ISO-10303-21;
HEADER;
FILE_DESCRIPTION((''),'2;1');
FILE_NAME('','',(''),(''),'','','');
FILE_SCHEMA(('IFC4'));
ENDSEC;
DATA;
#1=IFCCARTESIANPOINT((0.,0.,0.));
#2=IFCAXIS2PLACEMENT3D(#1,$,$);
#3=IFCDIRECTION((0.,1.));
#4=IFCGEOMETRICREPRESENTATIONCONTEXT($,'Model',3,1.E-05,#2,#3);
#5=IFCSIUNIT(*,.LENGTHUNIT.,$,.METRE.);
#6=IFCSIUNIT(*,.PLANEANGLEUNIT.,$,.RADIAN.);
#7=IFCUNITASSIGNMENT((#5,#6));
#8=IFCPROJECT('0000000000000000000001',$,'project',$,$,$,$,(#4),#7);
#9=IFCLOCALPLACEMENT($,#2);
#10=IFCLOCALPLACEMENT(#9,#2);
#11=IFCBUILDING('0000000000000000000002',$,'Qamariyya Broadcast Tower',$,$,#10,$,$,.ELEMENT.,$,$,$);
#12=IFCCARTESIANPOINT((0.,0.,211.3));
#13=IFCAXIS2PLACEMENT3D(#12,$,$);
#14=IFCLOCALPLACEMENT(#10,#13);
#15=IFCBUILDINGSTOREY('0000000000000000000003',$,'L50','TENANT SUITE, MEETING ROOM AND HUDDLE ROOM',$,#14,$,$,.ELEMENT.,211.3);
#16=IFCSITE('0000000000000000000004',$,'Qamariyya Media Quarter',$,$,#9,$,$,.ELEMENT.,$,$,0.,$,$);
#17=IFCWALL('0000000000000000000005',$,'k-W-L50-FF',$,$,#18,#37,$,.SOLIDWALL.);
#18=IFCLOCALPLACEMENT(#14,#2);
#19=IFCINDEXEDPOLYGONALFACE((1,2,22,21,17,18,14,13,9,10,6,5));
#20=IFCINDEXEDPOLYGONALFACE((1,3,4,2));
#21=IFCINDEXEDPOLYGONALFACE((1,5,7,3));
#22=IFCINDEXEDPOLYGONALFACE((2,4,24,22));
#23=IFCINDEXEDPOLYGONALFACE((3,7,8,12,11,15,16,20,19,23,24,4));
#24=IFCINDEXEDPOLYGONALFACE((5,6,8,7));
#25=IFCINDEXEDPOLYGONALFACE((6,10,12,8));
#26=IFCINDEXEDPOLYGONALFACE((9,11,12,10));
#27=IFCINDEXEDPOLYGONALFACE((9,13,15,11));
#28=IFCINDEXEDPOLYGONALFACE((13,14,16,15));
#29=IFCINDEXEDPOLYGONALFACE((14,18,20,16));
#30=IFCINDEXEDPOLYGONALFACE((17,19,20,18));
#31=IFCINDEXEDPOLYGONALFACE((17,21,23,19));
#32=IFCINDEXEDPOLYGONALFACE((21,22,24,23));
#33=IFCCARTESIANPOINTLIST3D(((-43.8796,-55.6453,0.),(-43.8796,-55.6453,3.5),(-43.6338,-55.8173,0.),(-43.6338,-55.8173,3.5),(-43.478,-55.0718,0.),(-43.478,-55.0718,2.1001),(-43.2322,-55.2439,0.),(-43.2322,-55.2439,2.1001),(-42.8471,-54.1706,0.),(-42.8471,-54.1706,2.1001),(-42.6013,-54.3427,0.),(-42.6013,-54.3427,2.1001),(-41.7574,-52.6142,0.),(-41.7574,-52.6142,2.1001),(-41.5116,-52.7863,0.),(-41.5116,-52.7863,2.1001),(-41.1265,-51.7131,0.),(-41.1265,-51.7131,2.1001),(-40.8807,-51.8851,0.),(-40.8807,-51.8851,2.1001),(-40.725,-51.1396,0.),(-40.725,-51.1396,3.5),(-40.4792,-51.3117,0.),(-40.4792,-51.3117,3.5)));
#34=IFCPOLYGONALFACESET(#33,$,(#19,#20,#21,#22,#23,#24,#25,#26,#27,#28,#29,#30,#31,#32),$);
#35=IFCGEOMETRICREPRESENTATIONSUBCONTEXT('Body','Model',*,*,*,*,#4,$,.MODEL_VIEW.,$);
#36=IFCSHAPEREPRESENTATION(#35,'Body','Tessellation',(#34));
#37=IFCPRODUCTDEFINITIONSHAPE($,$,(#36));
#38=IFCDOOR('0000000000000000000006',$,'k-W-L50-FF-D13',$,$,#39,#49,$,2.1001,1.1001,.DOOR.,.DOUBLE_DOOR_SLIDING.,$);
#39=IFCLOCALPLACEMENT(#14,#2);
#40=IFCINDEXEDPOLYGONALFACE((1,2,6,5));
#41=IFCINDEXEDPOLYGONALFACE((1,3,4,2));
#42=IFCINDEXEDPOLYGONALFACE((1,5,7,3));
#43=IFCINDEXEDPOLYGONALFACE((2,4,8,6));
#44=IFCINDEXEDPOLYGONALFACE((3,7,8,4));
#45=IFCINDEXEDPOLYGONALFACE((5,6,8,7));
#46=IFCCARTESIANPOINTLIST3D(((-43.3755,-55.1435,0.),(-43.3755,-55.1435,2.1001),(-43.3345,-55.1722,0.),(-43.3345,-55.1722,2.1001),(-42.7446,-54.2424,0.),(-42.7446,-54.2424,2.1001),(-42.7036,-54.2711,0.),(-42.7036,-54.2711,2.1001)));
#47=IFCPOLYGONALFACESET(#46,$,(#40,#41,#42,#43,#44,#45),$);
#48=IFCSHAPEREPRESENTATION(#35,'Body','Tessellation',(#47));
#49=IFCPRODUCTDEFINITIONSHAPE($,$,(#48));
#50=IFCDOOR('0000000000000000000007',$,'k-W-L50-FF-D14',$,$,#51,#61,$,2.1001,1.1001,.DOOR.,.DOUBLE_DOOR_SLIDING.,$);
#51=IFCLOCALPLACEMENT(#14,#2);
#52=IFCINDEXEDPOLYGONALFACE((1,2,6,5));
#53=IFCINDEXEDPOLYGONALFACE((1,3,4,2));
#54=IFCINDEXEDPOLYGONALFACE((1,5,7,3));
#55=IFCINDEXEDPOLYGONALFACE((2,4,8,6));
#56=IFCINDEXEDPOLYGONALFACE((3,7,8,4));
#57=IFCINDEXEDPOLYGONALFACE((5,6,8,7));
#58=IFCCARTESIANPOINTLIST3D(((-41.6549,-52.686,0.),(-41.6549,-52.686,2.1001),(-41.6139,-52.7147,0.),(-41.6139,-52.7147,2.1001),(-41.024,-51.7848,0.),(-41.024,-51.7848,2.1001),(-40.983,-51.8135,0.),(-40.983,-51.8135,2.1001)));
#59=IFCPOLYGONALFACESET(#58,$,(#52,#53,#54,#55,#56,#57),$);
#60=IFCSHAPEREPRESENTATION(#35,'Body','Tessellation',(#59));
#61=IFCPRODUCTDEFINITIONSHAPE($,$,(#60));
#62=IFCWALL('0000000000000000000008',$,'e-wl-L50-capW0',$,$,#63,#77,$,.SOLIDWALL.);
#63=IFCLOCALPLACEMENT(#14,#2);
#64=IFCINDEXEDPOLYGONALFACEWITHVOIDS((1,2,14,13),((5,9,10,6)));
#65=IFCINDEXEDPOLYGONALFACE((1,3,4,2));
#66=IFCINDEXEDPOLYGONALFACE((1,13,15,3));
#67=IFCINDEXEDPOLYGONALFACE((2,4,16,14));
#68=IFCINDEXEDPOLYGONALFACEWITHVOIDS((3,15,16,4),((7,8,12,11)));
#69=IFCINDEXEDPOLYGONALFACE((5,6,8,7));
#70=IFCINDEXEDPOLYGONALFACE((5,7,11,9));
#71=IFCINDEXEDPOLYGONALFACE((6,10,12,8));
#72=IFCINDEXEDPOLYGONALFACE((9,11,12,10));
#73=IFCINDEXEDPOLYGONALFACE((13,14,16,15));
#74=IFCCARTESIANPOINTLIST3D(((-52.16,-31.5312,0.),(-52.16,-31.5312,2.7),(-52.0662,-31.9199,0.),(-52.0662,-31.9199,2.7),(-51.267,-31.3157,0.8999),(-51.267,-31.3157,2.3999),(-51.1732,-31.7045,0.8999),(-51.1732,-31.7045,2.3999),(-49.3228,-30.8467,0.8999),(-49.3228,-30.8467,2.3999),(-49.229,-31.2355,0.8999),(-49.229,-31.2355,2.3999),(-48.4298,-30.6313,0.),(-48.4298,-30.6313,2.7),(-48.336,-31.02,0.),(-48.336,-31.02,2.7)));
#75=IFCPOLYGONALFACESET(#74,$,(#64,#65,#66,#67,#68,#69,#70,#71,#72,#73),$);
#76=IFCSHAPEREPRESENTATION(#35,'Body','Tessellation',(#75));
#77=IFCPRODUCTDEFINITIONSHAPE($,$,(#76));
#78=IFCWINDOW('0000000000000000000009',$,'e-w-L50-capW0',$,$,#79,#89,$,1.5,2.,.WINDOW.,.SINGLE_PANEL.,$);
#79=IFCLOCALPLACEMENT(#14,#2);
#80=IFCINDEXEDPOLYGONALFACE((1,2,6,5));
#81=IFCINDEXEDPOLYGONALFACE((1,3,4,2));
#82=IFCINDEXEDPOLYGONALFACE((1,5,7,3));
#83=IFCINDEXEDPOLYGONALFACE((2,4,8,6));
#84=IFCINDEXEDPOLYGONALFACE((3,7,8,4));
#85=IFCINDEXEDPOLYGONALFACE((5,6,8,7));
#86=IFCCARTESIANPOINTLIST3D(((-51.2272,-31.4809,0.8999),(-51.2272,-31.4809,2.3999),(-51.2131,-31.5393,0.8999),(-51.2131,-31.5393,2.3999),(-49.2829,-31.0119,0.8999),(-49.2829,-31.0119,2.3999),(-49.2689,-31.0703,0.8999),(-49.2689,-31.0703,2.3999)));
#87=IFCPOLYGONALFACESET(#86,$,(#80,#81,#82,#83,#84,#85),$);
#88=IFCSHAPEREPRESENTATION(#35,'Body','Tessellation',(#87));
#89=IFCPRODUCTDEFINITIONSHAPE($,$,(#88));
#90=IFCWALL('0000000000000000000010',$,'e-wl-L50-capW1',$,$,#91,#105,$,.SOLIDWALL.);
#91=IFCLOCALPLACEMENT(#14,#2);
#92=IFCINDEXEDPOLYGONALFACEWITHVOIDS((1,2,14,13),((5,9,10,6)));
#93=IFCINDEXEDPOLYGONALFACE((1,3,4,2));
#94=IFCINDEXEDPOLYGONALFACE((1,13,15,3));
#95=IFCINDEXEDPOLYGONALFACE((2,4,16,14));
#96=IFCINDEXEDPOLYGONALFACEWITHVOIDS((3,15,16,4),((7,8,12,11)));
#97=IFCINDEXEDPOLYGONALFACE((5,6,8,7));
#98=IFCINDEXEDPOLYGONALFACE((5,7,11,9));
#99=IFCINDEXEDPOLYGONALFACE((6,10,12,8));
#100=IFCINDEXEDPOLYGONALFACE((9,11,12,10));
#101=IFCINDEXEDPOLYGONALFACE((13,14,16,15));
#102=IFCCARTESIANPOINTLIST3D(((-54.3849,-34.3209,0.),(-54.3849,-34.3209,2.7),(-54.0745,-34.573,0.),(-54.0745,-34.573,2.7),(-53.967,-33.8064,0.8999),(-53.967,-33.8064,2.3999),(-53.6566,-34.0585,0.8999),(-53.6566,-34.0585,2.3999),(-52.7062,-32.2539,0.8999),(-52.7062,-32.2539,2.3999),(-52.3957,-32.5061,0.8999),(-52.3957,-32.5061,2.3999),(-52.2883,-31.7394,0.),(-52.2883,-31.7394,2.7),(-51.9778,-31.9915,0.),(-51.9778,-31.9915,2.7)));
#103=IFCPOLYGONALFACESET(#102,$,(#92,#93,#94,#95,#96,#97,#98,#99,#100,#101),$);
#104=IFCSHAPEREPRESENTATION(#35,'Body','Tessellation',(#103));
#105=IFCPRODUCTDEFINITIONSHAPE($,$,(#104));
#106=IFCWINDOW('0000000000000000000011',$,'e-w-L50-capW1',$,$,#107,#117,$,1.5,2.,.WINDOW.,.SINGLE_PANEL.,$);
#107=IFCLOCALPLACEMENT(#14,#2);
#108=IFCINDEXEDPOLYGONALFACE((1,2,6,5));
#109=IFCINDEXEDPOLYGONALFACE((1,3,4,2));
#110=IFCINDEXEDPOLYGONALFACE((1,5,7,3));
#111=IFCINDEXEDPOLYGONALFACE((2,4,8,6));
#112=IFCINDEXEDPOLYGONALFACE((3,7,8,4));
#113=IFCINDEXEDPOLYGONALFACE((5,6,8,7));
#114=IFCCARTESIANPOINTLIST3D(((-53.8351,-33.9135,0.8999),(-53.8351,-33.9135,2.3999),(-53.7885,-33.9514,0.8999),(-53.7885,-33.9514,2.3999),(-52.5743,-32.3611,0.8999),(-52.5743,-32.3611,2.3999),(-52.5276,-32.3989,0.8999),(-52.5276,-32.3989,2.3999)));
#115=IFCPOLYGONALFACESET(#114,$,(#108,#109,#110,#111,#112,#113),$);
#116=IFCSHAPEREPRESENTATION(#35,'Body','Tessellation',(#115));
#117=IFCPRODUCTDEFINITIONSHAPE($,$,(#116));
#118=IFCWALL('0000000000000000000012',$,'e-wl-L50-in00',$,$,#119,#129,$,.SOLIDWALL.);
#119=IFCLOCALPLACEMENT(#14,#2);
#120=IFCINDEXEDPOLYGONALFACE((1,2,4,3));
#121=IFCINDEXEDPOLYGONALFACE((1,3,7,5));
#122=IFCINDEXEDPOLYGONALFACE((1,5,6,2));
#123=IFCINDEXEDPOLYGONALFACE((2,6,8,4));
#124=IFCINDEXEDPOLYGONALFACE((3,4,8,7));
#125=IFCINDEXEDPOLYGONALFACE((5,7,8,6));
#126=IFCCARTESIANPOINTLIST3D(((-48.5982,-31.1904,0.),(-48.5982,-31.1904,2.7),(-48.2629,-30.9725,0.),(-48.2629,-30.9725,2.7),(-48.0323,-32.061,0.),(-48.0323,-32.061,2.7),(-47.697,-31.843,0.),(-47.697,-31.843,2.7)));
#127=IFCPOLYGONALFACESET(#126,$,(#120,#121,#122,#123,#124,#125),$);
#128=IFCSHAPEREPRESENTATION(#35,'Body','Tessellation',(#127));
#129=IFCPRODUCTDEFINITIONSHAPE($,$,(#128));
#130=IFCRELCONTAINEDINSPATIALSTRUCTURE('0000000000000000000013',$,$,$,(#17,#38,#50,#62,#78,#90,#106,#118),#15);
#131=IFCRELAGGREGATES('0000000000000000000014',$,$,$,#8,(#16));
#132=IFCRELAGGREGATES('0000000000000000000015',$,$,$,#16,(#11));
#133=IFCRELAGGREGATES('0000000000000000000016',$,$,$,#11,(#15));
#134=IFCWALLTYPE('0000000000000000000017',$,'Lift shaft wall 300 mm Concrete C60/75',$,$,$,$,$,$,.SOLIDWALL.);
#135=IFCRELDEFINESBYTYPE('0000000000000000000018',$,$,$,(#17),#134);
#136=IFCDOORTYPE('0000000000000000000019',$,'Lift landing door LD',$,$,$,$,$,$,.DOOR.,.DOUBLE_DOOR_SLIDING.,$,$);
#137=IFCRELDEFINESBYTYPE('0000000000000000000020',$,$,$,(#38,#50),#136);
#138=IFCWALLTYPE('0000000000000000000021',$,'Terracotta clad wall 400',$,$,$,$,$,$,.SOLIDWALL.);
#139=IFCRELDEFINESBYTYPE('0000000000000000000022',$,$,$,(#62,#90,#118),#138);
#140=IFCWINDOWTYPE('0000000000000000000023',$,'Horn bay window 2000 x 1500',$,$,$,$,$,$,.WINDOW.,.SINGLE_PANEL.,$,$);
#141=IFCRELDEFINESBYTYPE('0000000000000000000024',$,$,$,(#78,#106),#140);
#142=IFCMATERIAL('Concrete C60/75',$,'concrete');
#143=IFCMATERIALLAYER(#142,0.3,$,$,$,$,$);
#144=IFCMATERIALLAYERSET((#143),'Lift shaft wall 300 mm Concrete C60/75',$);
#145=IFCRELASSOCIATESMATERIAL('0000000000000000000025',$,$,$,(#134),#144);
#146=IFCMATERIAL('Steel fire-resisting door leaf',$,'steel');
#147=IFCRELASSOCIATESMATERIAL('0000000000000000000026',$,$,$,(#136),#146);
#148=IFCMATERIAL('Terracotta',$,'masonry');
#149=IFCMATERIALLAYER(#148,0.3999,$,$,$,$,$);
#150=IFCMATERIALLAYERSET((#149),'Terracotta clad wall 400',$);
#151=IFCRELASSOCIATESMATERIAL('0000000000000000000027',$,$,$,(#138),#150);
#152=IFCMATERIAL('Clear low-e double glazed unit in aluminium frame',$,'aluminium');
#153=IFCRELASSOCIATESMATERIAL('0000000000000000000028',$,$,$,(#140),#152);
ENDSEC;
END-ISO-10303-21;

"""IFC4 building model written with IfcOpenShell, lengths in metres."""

from ifc_helpers import new_model, si_unit, direction, frame, frame_2d, origin, place, context, subcontext, project, spatial, rectangle, extrude, material, layer, layer_set, type_object, element, fill, save


model = new_model("IFC4")

# Units and contexts
model_context = context("Model", 3, precision=1e-05, world=origin(), true_north=direction((0.0, 1.0)))
body_context = subcontext(model_context, "Body", "Model", "MODEL_VIEW")
ifc_project = project(units=[si_unit("LENGTHUNIT", "METRE"), si_unit("PLANEANGLEUNIT", "RADIAN")], contexts=[model_context])

# Site, building, storey
site_placement = place(None, origin())
site = spatial("IfcSite", under=ifc_project, at=site_placement, Name="Qamariyya Media Quarter", CompositionType="ELEMENT", RefElevation=0.0)
building_placement = place(site_placement, origin())
building = spatial("IfcBuilding", under=site, at=building_placement, Name="Qamariyya Broadcast Tower", CompositionType="ELEMENT")
storey_placement = place(building_placement, frame((0.0, 0.0, 211.3)))
storey = spatial("IfcBuildingStorey", under=building, at=storey_placement, Name="L50", Description="TENANT SUITE, MEETING ROOM AND HUDDLE ROOM", CompositionType="ELEMENT", Elevation=211.3)

# Shared definitions
ifc_material_1 = material(Name="Concrete C60/75", Category="concrete")

# Wall, openings, doors
ifc_layer_1 = layer(ifc_material_1, 0.3)
ifc_layer_set_1 = layer_set([ifc_layer_1], Name="Lift shaft wall 300 mm Concrete C60/75")
wall_type_1 = type_object("IfcWallType", Name="Lift shaft wall 300 mm Concrete C60/75", PredefinedType="SOLIDWALL", material=ifc_layer_set_1)
wall_1_placement = place(storey_placement, frame((-43.7566, -55.7312, 0.0), z_axis=(0.0, 0.0, 1.0), x_axis=(0.573537, 0.81918, 0.0)))
wall_1 = element("IfcWall", 1, at=wall_1_placement, inside=storey, type_object=wall_type_1, Name="k-W-L50-FF", PredefinedType="SOLIDWALL", context=body_context, shape_type="SweptSolid", body=[
    extrude(rectangle(XDim=5.5002, YDim=0.3, at=frame_2d((2.75, 0.0))), origin(), (0.0, 0.0, 1.0), 3.5),
])
opening_1_placement = place(wall_1_placement, frame((0.7, 0.0, 0.0)))
opening_1 = element("IfcOpeningElement", 2, at=opening_1_placement, cuts=wall_1, PredefinedType="OPENING", context=body_context, shape_type="SweptSolid", body=[
    extrude(rectangle(XDim=1.1001, YDim=2.1001, at=frame_2d((0.55, 1.05))), frame((0.0, 0.1599, 0.0), z_axis=(0.0, -1.0, 0.0), x_axis=(1.0, 0.0, 0.0)), (0.0, 0.0, 1.0), 0.3201),
])
opening_2_placement = place(wall_1_placement, frame((3.7, 0.0, 0.0)))
opening_2 = element("IfcOpeningElement", 3, at=opening_2_placement, cuts=wall_1, PredefinedType="OPENING", context=body_context, shape_type="SweptSolid", body=[
    extrude(rectangle(XDim=1.1001, YDim=2.1001, at=frame_2d((0.55, 1.05))), frame((0.0, 0.1599, 0.0), z_axis=(0.0, -1.0, 0.0), x_axis=(1.0, 0.0, 0.0)), (0.0, 0.0, 1.0), 0.3201),
])
ifc_material_2 = material(Name="Steel fire-resisting door leaf", Category="steel")
door_type = type_object("IfcDoorType", Name="Lift landing door LD", OperationType="DOUBLE_DOOR_SLIDING", PredefinedType="DOOR", material=ifc_material_2)
door_1_placement = place(opening_1_placement, origin())
door_1 = element("IfcDoor", 4, at=door_1_placement, inside=storey, type_object=door_type, Name="k-W-L50-FF-D13", OperationType="DOUBLE_DOOR_SLIDING", OverallHeight=2.1001, OverallWidth=1.1001, PredefinedType="DOOR", context=body_context, shape_type="SweptSolid", body=[
    extrude(rectangle(XDim=1.1001, YDim=2.1001, at=frame_2d((0.55, 1.05))), frame((0.0, 0.0249, 0.0), z_axis=(0.0, -1.0, 0.0), x_axis=(1.0, 0.0, 0.0)), (0.0, 0.0, 1.0), 0.05),
])
fill(opening_1, door_1)
door_2_placement = place(opening_2_placement, origin())
door_2 = element("IfcDoor", 5, at=door_2_placement, inside=storey, type_object=door_type, Name="k-W-L50-FF-D14", OperationType="DOUBLE_DOOR_SLIDING", OverallHeight=2.1001, OverallWidth=1.1001, PredefinedType="DOOR", context=body_context, shape_type="SweptSolid", body=[
    extrude(rectangle(XDim=1.1001, YDim=2.1001, at=frame_2d((0.55, 1.05))), frame((0.0, 0.0249, 0.0), z_axis=(0.0, -1.0, 0.0), x_axis=(1.0, 0.0, 0.0)), (0.0, 0.0, 1.0), 0.05),
])
fill(opening_2, door_2)

# Walls, openings, windows
ifc_material_3 = material(Name="Terracotta", Category="masonry")
ifc_layer_2 = layer(ifc_material_3, 0.3999)
ifc_layer_set_2 = layer_set([ifc_layer_2], Name="Terracotta clad wall 400")
wall_type_2 = type_object("IfcWallType", Name="Terracotta clad wall 400", PredefinedType="SOLIDWALL", material=ifc_layer_set_2)
wall_2_placement = place(storey_placement, frame((-48.3831, -30.8257, 0.0), z_axis=(0.0, 0.0, 1.0), x_axis=(-0.972112, -0.234518, 0.0)))
wall_2 = element("IfcWall", 6, at=wall_2_placement, inside=storey, type_object=wall_type_2, Name="e-wl-L50-capW0", PredefinedType="SOLIDWALL", context=body_context, shape_type="SweptSolid", body=[
    extrude(rectangle(XDim=3.8372, YDim=0.3999, at=frame_2d((1.9185, 0.0))), origin(), (0.0, 0.0, 1.0), 2.7),
])
opening_3_placement = place(wall_2_placement, frame((0.9185, 0.0, 0.8999)))
opening_3 = element("IfcOpeningElement", 7, at=opening_3_placement, cuts=wall_2, PredefinedType="OPENING", context=body_context, shape_type="SweptSolid", body=[
    extrude(rectangle(XDim=2.0, YDim=1.5, at=frame_2d((1.0, 0.75))), frame((0.0, 0.21, 0.0), z_axis=(0.0, -1.0, 0.0), x_axis=(1.0, 0.0, 0.0)), (0.0, 0.0, 1.0), 0.4199),
])
ifc_material_4 = material(Name="Clear low-e double glazed unit in aluminium frame", Category="aluminium")
window_type_1 = type_object("IfcWindowType", Name="Horn bay window 2000 x 1500", PartitioningType="SINGLE_PANEL", PredefinedType="WINDOW", material=ifc_material_4)
window_1_placement = place(opening_3_placement, origin())
window_1 = element("IfcWindow", 8, at=window_1_placement, inside=storey, type_object=window_type_1, Name="e-w-L50-capW0", OverallHeight=1.5, OverallWidth=2.0, PartitioningType="SINGLE_PANEL", PredefinedType="WINDOW", context=body_context, shape_type="SweptSolid", body=[
    extrude(rectangle(XDim=2.0, YDim=1.5, at=frame_2d((1.0, 0.75))), frame((0.0, 0.03, 0.0), z_axis=(0.0, -1.0, 0.0), x_axis=(1.0, 0.0, 0.0)), (0.0, 0.0, 1.0), 0.0601),
])
fill(opening_3, window_1)
wall_3_placement = place(storey_placement, frame((-52.1331, -31.8655, 0.0), z_axis=(0.0, 0.0, 1.0), x_axis=(-0.630443, -0.776235, 0.0)))
wall_3 = element("IfcWall", 9, at=wall_3_placement, inside=storey, type_object=wall_type_2, Name="e-wl-L50-capW1", PredefinedType="SOLIDWALL", context=body_context, shape_type="SweptSolid", body=[
    extrude(rectangle(XDim=3.3257, YDim=0.3999, at=frame_2d((1.6628, 0.0))), origin(), (0.0, 0.0, 1.0), 2.7),
])
opening_4_placement = place(wall_3_placement, frame((0.6628, 0.0, 0.8999)))
opening_4 = element("IfcOpeningElement", 10, at=opening_4_placement, cuts=wall_3, PredefinedType="OPENING", context=body_context, shape_type="SweptSolid", body=[
    extrude(rectangle(XDim=2.0, YDim=1.5, at=frame_2d((1.0, 0.75))), frame((0.0, 0.21, 0.0), z_axis=(0.0, -1.0, 0.0), x_axis=(1.0, 0.0, 0.0)), (0.0, 0.0, 1.0), 0.4199),
])
window_2_placement = place(opening_4_placement, origin())
window_2 = element("IfcWindow", 11, at=window_2_placement, inside=storey, type_object=window_type_1, Name="e-w-L50-capW1", OverallHeight=1.5, OverallWidth=2.0, PartitioningType="SINGLE_PANEL", PredefinedType="WINDOW", context=body_context, shape_type="SweptSolid", body=[
    extrude(rectangle(XDim=2.0, YDim=1.5, at=frame_2d((1.0, 0.75))), frame((0.0, 0.03, 0.0), z_axis=(0.0, -1.0, 0.0), x_axis=(1.0, 0.0, 0.0)), (0.0, 0.0, 1.0), 0.0601),
])
fill(opening_4, window_2)

# Wall
wall_4_placement = place(storey_placement, frame((-47.8647, -31.9519, 0.0), z_axis=(0.0, 0.0, 1.0), x_axis=(-0.545005, 0.838433, 0.0)))
element("IfcWall", 12, at=wall_4_placement, inside=storey, type_object=wall_type_2, Name="e-wl-L50-in00", PredefinedType="SOLIDWALL", context=body_context, shape_type="SweptSolid", body=[
    extrude(rectangle(XDim=1.0383, YDim=0.3999, at=frame_2d((0.519, 0.0))), origin(), (0.0, 0.0, 1.0), 2.7),
])

save(model, "model.ifc")
